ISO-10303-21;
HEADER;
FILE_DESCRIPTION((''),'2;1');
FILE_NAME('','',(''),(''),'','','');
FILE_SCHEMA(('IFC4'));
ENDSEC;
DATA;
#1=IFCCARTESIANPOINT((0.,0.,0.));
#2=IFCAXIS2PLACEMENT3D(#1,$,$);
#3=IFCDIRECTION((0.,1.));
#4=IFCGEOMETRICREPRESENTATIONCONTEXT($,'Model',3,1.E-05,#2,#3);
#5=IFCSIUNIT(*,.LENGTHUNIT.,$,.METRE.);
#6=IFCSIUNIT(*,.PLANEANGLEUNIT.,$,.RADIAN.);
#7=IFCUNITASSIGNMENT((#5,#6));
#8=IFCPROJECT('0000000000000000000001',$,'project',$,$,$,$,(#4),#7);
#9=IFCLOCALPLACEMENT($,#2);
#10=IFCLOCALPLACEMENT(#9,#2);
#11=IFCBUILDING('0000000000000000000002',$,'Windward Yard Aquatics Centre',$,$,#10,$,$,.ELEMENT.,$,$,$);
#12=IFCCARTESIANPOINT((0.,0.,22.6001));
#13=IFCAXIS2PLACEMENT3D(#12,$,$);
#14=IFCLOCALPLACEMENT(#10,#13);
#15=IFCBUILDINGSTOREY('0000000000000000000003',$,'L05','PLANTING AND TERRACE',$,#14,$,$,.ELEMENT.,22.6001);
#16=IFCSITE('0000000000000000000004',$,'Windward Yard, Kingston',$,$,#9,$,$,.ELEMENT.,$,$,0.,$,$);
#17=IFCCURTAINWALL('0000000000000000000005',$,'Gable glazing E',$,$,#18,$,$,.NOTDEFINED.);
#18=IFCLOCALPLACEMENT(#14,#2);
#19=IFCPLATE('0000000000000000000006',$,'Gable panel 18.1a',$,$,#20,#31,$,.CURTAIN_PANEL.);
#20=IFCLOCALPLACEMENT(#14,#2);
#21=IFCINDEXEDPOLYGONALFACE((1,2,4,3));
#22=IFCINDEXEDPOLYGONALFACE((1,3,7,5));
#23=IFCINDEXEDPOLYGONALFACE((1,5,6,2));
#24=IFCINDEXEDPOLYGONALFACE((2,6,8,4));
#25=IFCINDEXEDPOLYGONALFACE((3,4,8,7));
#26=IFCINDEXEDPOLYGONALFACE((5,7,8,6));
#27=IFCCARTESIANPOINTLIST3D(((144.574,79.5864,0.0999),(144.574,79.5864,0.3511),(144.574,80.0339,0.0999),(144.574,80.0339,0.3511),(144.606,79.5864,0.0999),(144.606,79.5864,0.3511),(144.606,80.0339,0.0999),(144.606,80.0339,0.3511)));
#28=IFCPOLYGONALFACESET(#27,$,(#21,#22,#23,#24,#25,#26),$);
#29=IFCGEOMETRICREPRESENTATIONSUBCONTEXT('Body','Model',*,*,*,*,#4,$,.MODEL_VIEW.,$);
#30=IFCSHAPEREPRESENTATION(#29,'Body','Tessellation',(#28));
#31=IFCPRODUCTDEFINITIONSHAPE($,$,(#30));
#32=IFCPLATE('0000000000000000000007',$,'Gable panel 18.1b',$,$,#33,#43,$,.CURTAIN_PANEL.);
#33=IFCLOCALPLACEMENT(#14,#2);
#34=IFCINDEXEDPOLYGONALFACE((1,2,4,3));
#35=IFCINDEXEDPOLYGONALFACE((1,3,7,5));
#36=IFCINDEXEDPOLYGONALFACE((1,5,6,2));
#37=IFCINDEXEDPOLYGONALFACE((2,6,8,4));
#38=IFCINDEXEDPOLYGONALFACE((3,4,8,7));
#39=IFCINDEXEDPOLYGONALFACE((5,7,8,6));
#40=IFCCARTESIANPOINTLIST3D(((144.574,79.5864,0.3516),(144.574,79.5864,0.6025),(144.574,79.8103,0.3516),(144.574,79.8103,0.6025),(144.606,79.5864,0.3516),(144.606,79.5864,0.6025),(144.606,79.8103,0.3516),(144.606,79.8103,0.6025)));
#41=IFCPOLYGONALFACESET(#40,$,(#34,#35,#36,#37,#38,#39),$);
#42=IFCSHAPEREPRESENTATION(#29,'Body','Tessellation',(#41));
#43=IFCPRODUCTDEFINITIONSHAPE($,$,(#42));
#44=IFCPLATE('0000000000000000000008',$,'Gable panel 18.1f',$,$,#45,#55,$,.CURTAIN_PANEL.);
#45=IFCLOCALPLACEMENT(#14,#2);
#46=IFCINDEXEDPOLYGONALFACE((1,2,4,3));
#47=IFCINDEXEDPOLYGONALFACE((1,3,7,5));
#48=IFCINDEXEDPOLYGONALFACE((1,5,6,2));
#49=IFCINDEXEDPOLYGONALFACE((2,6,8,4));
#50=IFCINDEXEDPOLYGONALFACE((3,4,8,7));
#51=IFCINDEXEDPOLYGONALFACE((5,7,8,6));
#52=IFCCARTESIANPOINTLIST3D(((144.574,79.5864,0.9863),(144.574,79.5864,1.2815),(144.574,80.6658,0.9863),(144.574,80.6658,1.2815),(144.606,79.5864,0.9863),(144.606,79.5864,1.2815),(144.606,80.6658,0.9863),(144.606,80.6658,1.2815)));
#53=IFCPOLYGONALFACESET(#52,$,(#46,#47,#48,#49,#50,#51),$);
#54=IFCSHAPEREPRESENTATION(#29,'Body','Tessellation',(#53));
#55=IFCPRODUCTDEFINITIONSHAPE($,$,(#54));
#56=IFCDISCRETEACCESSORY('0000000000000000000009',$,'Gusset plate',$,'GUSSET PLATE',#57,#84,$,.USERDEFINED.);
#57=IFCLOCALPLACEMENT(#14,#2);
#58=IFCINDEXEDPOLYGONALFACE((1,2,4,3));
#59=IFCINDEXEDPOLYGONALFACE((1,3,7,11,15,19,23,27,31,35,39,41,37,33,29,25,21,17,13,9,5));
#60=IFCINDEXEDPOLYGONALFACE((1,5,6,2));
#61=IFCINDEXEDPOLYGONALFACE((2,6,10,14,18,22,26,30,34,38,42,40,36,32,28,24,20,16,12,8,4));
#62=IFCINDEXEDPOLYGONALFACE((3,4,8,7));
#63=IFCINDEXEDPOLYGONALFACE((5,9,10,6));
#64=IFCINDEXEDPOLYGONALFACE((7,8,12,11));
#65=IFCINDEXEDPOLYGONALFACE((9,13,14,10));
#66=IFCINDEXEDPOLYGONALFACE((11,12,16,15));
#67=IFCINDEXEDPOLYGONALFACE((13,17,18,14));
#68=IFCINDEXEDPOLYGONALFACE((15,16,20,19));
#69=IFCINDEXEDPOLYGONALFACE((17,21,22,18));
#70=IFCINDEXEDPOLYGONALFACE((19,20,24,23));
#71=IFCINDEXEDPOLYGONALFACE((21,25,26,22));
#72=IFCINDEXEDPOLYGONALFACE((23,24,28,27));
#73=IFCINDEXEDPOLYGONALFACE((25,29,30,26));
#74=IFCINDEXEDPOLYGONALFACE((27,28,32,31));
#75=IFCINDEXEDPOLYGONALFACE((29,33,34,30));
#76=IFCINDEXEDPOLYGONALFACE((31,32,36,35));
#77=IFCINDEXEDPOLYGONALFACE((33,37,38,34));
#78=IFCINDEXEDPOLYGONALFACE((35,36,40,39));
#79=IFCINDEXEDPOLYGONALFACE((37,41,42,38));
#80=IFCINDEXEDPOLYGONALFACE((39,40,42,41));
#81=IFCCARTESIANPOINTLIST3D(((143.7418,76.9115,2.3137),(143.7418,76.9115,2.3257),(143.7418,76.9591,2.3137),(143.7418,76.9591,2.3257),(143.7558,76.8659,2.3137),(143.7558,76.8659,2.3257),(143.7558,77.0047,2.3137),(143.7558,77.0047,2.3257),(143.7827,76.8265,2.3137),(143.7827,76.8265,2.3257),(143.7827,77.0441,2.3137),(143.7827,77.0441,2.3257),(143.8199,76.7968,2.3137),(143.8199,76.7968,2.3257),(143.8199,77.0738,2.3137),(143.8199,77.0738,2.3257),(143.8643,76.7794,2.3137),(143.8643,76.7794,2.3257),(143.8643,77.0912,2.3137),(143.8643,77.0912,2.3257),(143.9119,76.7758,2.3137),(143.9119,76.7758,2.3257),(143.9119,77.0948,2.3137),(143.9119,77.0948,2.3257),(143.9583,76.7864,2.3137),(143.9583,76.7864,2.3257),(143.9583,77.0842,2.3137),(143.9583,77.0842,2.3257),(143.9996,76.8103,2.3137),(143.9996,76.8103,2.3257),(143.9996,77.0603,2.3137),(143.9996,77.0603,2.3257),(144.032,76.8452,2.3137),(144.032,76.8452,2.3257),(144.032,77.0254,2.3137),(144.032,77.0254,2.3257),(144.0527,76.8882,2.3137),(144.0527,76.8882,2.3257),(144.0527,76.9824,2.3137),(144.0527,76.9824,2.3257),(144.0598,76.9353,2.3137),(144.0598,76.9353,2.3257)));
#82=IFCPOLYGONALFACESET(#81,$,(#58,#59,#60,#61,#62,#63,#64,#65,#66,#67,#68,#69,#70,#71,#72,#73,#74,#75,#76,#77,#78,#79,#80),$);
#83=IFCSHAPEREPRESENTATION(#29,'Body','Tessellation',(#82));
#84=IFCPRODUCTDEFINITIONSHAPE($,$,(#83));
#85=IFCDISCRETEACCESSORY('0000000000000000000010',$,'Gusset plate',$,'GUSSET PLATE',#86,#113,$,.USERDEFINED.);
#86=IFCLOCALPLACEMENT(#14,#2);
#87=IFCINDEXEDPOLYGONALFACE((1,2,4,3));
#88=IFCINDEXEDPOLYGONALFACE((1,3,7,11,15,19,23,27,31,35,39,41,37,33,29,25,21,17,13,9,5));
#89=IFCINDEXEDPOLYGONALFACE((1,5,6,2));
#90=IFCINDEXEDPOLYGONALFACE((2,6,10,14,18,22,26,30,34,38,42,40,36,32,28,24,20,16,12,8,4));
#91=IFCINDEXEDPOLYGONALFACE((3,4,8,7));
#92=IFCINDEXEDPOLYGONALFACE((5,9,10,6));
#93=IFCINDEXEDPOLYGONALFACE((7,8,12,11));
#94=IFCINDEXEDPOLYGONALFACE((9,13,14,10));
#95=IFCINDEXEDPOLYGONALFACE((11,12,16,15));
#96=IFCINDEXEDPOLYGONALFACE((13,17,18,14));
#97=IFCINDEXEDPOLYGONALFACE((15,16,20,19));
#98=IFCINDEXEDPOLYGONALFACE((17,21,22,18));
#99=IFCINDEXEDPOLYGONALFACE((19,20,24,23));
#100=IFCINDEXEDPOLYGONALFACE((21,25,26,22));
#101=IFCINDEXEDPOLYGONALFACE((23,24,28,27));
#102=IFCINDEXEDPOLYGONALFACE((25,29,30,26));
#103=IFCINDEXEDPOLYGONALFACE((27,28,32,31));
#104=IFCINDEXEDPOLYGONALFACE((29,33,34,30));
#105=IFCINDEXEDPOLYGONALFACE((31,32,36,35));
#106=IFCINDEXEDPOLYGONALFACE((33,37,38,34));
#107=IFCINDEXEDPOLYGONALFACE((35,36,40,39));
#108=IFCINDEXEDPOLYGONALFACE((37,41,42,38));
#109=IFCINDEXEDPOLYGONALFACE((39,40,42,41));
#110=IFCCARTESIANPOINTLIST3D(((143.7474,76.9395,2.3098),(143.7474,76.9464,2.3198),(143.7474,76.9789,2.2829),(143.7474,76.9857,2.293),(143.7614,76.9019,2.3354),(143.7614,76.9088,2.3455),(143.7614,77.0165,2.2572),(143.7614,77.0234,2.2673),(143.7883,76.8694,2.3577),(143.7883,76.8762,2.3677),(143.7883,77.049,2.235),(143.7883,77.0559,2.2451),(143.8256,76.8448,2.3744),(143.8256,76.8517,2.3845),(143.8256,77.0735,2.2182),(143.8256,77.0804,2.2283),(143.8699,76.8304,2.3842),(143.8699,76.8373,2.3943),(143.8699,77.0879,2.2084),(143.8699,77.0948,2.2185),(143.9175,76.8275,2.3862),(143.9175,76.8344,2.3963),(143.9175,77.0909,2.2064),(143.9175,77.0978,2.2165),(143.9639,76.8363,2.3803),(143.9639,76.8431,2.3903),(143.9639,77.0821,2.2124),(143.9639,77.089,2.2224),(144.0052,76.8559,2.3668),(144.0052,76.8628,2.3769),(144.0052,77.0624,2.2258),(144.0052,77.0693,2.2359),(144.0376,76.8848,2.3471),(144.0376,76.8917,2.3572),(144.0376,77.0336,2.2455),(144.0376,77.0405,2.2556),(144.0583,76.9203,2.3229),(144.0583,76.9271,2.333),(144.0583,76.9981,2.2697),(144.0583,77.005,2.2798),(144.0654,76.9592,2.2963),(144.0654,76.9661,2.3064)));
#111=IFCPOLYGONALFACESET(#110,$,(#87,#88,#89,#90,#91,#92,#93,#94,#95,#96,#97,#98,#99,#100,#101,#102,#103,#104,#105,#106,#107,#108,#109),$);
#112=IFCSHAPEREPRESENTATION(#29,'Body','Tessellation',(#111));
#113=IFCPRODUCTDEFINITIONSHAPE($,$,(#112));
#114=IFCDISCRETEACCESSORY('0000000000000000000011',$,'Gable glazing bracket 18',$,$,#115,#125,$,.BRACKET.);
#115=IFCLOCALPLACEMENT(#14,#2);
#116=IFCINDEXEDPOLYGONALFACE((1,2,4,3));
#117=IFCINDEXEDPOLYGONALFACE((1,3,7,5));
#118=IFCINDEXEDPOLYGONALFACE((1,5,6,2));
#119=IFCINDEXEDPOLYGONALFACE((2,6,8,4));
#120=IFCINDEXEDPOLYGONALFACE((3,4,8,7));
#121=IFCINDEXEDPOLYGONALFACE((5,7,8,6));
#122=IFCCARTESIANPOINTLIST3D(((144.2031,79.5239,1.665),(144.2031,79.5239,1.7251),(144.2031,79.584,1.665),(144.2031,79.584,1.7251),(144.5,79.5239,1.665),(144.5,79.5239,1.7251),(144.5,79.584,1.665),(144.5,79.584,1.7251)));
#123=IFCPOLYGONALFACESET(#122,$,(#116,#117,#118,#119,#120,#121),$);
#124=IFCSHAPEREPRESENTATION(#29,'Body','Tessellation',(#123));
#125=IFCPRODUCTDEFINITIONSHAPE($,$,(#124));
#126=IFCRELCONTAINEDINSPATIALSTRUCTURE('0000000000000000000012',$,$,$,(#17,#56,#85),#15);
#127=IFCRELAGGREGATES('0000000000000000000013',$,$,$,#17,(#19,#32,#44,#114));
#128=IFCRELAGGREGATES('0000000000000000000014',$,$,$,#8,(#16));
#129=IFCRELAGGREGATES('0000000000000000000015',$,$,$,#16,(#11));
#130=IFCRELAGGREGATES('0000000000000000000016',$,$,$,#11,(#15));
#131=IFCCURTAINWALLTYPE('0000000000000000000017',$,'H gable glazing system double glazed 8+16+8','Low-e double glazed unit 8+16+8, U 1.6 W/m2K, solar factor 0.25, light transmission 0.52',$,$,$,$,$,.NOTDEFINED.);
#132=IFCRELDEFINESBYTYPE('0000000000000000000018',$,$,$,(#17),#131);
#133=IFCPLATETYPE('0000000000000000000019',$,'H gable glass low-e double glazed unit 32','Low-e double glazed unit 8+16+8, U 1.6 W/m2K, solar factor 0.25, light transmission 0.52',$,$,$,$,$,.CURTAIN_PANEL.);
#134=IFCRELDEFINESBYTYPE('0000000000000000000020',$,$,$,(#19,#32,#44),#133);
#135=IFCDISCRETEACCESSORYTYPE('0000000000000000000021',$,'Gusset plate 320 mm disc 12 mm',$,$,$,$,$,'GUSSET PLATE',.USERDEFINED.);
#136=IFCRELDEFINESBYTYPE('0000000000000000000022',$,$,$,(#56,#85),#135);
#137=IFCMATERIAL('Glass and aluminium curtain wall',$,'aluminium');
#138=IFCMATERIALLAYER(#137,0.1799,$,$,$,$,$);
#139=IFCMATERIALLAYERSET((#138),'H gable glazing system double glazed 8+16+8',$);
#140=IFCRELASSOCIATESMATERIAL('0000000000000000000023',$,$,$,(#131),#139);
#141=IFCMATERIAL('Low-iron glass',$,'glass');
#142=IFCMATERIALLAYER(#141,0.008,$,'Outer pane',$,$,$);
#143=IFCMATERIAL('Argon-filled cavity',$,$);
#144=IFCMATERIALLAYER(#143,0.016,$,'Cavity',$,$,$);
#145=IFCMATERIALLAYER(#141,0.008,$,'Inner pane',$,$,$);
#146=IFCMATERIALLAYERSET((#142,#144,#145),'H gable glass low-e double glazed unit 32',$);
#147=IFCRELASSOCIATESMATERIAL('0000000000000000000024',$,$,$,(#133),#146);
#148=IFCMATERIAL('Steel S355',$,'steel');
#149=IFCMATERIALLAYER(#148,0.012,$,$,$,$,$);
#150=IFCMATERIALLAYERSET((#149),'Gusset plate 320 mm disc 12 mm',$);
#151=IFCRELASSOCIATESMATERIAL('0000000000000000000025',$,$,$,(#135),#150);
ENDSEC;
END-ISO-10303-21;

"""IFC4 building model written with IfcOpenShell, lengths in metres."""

from ifc_helpers import new_model, si_unit, direction, frame, origin, origin_2d, place, context, subcontext, project, spatial, polyline, rectangle, circle, outline, extrude, material, layer, layer_set, type_object, element, aggregate, save


model = new_model("IFC4")

# Units and contexts
model_context = context("Model", 3, precision=1e-05, world=origin(), true_north=direction((0.0, 1.0)))
body_context = subcontext(model_context, "Body", "Model", "MODEL_VIEW")
ifc_project = project(units=[si_unit("LENGTHUNIT", "METRE"), si_unit("PLANEANGLEUNIT", "RADIAN")], contexts=[model_context])

# Site, building, storey
site_placement = place(None, origin())
site = spatial("IfcSite", under=ifc_project, at=site_placement, Name="Windward Yard, Kingston", CompositionType="ELEMENT", RefElevation=0.0)
building_placement = place(site_placement, origin())
building = spatial("IfcBuilding", under=site, at=building_placement, Name="Windward Yard Aquatics Centre", CompositionType="ELEMENT")
storey_placement = place(building_placement, frame((0.0, 0.0, 22.6001)))
storey = spatial("IfcBuildingStorey", under=building, at=storey_placement, Name="L05", Description="PLANTING AND TERRACE", CompositionType="ELEMENT", Elevation=22.6001)

# Curtain wall
ifc_material_1 = material(Name="Glass and aluminium curtain wall", Category="aluminium")
ifc_layer_1 = layer(ifc_material_1, 0.1799)
ifc_layer_set_1 = layer_set([ifc_layer_1], Name="H gable glazing system double glazed 8+16+8")
curtain_wall_type = type_object("IfcCurtainWallType", Name="H gable glazing system double glazed 8+16+8", Description="Low-e double glazed unit 8+16+8, U 1.6 W/m2K, solar factor 0.25, light transmission 0.52", PredefinedType="NOTDEFINED", material=ifc_layer_set_1)
curtain_wall_placement = place(storey_placement, origin())
curtain_wall = element("IfcCurtainWall", 1, at=curtain_wall_placement, inside=storey, type_object=curtain_wall_type, Name="Gable glazing E", PredefinedType="NOTDEFINED")

# Plates
ifc_material_2 = material(Name="Low-iron glass", Category="glass")
ifc_layer_2 = layer(ifc_material_2, 0.008, Name="Outer pane")
ifc_material_3 = material(Name="Argon-filled cavity")
ifc_layer_3 = layer(ifc_material_3, 0.016, Name="Cavity")
ifc_layer_4 = layer(ifc_material_2, 0.008, Name="Inner pane")
ifc_layer_set_2 = layer_set([ifc_layer_2, ifc_layer_3, ifc_layer_4], Name="H gable glass low-e double glazed unit 32")
plate_type = type_object("IfcPlateType", Name="H gable glass low-e double glazed unit 32", Description="Low-e double glazed unit 8+16+8, U 1.6 W/m2K, solar factor 0.25, light transmission 0.52", PredefinedType="CURTAIN_PANEL", material=ifc_layer_set_2)
plate_1_placement = place(storey_placement, frame((144.606, 79.5864, 0.0999), z_axis=(1.0, 0.0, 0.0), x_axis=(0.0, 1.0, 0.0)))
plate_1 = element("IfcPlate", 2, at=plate_1_placement, type_object=plate_type, Name="Gable panel 18.1a", PredefinedType="CURTAIN_PANEL", context=body_context, shape_type="SweptSolid", body=[
    extrude(outline(polyline([(0.0, 0.0), (0.4475, 0.0), (0.4475, 0.2512), (0.0, 0.2512), (0.0, 0.0)])), origin(), (0.0, 0.0, -1.0), 0.032),
])
plate_2_placement = place(storey_placement, frame((144.606, 79.5864, 0.3516), z_axis=(1.0, 0.0, 0.0), x_axis=(0.0, 1.0, 0.0)))
plate_2 = element("IfcPlate", 3, at=plate_2_placement, type_object=plate_type, Name="Gable panel 18.1b", PredefinedType="CURTAIN_PANEL", context=body_context, shape_type="SweptSolid", body=[
    extrude(outline(polyline([(0.0, 0.0), (0.2239, 0.0), (0.2239, 0.251), (0.0, 0.251), (0.0, 0.0)])), origin(), (0.0, 0.0, -1.0), 0.032),
])
plate_3_placement = place(storey_placement, frame((144.606, 79.5864, 0.9863), z_axis=(1.0, 0.0, 0.0), x_axis=(0.0, 1.0, 0.0)))
plate_3 = element("IfcPlate", 4, at=plate_3_placement, type_object=plate_type, Name="Gable panel 18.1f", PredefinedType="CURTAIN_PANEL", context=body_context, shape_type="SweptSolid", body=[
    extrude(outline(polyline([(0.0, 0.0), (1.0793, 0.0), (1.0793, 0.2952), (0.0, 0.2952), (0.0, 0.0)])), origin(), (0.0, 0.0, -1.0), 0.032),
])

# Discrete accessories
ifc_material_4 = material(Name="Steel S355", Category="steel")
ifc_layer_5 = layer(ifc_material_4, 0.012)
ifc_layer_set_3 = layer_set([ifc_layer_5], Name="Gusset plate 320 mm disc 12 mm")
discrete_accessory_type = type_object("IfcDiscreteAccessoryType", Name="Gusset plate 320 mm disc 12 mm", ElementType="GUSSET PLATE", PredefinedType="USERDEFINED", material=ifc_layer_set_3)
discrete_accessory_1_placement = place(storey_placement, frame((143.8999, 76.9353, 2.3137), z_axis=(0.0, 0.0, 1.0), x_axis=(1.0, 0.0, 0.0)))
element("IfcDiscreteAccessory", 5, at=discrete_accessory_1_placement, inside=storey, type_object=discrete_accessory_type, Name="Gusset plate", ObjectType="GUSSET PLATE", PredefinedType="USERDEFINED", context=body_context, shape_type="SweptSolid", body=[
    extrude(circle(Radius=0.1599, at=origin_2d()), origin(), (0.0, 0.0, 1.0), 0.012),
])
discrete_accessory_2_placement = place(storey_placement, frame((143.9055, 76.9661, 2.3064), z_axis=(0.0, -0.563962, -0.825801), x_axis=(1.0, 0.0, 0.0)))
element("IfcDiscreteAccessory", 6, at=discrete_accessory_2_placement, inside=storey, type_object=discrete_accessory_type, Name="Gusset plate", ObjectType="GUSSET PLATE", PredefinedType="USERDEFINED", context=body_context, shape_type="SweptSolid", body=[
    extrude(circle(Radius=0.1599, at=origin_2d()), origin(), (0.0, 0.0, 1.0), 0.0122),
])

# Discrete accessory
discrete_accessory_3_placement = place(storey_placement, frame((144.2031, 79.554, 1.6951), z_axis=(1.0, 0.0, 0.0), x_axis=(0.0, 1.0, 0.0)))
discrete_accessory_3 = element("IfcDiscreteAccessory", 7, at=discrete_accessory_3_placement, Name="Gable glazing bracket 18", PredefinedType="BRACKET", context=body_context, shape_type="SweptSolid", body=[
    extrude(rectangle(XDim=0.0601, YDim=0.0601, at=origin_2d()), origin(), (0.0, 0.0, 1.0), 0.2969),
])
aggregate(curtain_wall, [plate_1, plate_2, plate_3, discrete_accessory_3])

save(model, "model.ifc")
